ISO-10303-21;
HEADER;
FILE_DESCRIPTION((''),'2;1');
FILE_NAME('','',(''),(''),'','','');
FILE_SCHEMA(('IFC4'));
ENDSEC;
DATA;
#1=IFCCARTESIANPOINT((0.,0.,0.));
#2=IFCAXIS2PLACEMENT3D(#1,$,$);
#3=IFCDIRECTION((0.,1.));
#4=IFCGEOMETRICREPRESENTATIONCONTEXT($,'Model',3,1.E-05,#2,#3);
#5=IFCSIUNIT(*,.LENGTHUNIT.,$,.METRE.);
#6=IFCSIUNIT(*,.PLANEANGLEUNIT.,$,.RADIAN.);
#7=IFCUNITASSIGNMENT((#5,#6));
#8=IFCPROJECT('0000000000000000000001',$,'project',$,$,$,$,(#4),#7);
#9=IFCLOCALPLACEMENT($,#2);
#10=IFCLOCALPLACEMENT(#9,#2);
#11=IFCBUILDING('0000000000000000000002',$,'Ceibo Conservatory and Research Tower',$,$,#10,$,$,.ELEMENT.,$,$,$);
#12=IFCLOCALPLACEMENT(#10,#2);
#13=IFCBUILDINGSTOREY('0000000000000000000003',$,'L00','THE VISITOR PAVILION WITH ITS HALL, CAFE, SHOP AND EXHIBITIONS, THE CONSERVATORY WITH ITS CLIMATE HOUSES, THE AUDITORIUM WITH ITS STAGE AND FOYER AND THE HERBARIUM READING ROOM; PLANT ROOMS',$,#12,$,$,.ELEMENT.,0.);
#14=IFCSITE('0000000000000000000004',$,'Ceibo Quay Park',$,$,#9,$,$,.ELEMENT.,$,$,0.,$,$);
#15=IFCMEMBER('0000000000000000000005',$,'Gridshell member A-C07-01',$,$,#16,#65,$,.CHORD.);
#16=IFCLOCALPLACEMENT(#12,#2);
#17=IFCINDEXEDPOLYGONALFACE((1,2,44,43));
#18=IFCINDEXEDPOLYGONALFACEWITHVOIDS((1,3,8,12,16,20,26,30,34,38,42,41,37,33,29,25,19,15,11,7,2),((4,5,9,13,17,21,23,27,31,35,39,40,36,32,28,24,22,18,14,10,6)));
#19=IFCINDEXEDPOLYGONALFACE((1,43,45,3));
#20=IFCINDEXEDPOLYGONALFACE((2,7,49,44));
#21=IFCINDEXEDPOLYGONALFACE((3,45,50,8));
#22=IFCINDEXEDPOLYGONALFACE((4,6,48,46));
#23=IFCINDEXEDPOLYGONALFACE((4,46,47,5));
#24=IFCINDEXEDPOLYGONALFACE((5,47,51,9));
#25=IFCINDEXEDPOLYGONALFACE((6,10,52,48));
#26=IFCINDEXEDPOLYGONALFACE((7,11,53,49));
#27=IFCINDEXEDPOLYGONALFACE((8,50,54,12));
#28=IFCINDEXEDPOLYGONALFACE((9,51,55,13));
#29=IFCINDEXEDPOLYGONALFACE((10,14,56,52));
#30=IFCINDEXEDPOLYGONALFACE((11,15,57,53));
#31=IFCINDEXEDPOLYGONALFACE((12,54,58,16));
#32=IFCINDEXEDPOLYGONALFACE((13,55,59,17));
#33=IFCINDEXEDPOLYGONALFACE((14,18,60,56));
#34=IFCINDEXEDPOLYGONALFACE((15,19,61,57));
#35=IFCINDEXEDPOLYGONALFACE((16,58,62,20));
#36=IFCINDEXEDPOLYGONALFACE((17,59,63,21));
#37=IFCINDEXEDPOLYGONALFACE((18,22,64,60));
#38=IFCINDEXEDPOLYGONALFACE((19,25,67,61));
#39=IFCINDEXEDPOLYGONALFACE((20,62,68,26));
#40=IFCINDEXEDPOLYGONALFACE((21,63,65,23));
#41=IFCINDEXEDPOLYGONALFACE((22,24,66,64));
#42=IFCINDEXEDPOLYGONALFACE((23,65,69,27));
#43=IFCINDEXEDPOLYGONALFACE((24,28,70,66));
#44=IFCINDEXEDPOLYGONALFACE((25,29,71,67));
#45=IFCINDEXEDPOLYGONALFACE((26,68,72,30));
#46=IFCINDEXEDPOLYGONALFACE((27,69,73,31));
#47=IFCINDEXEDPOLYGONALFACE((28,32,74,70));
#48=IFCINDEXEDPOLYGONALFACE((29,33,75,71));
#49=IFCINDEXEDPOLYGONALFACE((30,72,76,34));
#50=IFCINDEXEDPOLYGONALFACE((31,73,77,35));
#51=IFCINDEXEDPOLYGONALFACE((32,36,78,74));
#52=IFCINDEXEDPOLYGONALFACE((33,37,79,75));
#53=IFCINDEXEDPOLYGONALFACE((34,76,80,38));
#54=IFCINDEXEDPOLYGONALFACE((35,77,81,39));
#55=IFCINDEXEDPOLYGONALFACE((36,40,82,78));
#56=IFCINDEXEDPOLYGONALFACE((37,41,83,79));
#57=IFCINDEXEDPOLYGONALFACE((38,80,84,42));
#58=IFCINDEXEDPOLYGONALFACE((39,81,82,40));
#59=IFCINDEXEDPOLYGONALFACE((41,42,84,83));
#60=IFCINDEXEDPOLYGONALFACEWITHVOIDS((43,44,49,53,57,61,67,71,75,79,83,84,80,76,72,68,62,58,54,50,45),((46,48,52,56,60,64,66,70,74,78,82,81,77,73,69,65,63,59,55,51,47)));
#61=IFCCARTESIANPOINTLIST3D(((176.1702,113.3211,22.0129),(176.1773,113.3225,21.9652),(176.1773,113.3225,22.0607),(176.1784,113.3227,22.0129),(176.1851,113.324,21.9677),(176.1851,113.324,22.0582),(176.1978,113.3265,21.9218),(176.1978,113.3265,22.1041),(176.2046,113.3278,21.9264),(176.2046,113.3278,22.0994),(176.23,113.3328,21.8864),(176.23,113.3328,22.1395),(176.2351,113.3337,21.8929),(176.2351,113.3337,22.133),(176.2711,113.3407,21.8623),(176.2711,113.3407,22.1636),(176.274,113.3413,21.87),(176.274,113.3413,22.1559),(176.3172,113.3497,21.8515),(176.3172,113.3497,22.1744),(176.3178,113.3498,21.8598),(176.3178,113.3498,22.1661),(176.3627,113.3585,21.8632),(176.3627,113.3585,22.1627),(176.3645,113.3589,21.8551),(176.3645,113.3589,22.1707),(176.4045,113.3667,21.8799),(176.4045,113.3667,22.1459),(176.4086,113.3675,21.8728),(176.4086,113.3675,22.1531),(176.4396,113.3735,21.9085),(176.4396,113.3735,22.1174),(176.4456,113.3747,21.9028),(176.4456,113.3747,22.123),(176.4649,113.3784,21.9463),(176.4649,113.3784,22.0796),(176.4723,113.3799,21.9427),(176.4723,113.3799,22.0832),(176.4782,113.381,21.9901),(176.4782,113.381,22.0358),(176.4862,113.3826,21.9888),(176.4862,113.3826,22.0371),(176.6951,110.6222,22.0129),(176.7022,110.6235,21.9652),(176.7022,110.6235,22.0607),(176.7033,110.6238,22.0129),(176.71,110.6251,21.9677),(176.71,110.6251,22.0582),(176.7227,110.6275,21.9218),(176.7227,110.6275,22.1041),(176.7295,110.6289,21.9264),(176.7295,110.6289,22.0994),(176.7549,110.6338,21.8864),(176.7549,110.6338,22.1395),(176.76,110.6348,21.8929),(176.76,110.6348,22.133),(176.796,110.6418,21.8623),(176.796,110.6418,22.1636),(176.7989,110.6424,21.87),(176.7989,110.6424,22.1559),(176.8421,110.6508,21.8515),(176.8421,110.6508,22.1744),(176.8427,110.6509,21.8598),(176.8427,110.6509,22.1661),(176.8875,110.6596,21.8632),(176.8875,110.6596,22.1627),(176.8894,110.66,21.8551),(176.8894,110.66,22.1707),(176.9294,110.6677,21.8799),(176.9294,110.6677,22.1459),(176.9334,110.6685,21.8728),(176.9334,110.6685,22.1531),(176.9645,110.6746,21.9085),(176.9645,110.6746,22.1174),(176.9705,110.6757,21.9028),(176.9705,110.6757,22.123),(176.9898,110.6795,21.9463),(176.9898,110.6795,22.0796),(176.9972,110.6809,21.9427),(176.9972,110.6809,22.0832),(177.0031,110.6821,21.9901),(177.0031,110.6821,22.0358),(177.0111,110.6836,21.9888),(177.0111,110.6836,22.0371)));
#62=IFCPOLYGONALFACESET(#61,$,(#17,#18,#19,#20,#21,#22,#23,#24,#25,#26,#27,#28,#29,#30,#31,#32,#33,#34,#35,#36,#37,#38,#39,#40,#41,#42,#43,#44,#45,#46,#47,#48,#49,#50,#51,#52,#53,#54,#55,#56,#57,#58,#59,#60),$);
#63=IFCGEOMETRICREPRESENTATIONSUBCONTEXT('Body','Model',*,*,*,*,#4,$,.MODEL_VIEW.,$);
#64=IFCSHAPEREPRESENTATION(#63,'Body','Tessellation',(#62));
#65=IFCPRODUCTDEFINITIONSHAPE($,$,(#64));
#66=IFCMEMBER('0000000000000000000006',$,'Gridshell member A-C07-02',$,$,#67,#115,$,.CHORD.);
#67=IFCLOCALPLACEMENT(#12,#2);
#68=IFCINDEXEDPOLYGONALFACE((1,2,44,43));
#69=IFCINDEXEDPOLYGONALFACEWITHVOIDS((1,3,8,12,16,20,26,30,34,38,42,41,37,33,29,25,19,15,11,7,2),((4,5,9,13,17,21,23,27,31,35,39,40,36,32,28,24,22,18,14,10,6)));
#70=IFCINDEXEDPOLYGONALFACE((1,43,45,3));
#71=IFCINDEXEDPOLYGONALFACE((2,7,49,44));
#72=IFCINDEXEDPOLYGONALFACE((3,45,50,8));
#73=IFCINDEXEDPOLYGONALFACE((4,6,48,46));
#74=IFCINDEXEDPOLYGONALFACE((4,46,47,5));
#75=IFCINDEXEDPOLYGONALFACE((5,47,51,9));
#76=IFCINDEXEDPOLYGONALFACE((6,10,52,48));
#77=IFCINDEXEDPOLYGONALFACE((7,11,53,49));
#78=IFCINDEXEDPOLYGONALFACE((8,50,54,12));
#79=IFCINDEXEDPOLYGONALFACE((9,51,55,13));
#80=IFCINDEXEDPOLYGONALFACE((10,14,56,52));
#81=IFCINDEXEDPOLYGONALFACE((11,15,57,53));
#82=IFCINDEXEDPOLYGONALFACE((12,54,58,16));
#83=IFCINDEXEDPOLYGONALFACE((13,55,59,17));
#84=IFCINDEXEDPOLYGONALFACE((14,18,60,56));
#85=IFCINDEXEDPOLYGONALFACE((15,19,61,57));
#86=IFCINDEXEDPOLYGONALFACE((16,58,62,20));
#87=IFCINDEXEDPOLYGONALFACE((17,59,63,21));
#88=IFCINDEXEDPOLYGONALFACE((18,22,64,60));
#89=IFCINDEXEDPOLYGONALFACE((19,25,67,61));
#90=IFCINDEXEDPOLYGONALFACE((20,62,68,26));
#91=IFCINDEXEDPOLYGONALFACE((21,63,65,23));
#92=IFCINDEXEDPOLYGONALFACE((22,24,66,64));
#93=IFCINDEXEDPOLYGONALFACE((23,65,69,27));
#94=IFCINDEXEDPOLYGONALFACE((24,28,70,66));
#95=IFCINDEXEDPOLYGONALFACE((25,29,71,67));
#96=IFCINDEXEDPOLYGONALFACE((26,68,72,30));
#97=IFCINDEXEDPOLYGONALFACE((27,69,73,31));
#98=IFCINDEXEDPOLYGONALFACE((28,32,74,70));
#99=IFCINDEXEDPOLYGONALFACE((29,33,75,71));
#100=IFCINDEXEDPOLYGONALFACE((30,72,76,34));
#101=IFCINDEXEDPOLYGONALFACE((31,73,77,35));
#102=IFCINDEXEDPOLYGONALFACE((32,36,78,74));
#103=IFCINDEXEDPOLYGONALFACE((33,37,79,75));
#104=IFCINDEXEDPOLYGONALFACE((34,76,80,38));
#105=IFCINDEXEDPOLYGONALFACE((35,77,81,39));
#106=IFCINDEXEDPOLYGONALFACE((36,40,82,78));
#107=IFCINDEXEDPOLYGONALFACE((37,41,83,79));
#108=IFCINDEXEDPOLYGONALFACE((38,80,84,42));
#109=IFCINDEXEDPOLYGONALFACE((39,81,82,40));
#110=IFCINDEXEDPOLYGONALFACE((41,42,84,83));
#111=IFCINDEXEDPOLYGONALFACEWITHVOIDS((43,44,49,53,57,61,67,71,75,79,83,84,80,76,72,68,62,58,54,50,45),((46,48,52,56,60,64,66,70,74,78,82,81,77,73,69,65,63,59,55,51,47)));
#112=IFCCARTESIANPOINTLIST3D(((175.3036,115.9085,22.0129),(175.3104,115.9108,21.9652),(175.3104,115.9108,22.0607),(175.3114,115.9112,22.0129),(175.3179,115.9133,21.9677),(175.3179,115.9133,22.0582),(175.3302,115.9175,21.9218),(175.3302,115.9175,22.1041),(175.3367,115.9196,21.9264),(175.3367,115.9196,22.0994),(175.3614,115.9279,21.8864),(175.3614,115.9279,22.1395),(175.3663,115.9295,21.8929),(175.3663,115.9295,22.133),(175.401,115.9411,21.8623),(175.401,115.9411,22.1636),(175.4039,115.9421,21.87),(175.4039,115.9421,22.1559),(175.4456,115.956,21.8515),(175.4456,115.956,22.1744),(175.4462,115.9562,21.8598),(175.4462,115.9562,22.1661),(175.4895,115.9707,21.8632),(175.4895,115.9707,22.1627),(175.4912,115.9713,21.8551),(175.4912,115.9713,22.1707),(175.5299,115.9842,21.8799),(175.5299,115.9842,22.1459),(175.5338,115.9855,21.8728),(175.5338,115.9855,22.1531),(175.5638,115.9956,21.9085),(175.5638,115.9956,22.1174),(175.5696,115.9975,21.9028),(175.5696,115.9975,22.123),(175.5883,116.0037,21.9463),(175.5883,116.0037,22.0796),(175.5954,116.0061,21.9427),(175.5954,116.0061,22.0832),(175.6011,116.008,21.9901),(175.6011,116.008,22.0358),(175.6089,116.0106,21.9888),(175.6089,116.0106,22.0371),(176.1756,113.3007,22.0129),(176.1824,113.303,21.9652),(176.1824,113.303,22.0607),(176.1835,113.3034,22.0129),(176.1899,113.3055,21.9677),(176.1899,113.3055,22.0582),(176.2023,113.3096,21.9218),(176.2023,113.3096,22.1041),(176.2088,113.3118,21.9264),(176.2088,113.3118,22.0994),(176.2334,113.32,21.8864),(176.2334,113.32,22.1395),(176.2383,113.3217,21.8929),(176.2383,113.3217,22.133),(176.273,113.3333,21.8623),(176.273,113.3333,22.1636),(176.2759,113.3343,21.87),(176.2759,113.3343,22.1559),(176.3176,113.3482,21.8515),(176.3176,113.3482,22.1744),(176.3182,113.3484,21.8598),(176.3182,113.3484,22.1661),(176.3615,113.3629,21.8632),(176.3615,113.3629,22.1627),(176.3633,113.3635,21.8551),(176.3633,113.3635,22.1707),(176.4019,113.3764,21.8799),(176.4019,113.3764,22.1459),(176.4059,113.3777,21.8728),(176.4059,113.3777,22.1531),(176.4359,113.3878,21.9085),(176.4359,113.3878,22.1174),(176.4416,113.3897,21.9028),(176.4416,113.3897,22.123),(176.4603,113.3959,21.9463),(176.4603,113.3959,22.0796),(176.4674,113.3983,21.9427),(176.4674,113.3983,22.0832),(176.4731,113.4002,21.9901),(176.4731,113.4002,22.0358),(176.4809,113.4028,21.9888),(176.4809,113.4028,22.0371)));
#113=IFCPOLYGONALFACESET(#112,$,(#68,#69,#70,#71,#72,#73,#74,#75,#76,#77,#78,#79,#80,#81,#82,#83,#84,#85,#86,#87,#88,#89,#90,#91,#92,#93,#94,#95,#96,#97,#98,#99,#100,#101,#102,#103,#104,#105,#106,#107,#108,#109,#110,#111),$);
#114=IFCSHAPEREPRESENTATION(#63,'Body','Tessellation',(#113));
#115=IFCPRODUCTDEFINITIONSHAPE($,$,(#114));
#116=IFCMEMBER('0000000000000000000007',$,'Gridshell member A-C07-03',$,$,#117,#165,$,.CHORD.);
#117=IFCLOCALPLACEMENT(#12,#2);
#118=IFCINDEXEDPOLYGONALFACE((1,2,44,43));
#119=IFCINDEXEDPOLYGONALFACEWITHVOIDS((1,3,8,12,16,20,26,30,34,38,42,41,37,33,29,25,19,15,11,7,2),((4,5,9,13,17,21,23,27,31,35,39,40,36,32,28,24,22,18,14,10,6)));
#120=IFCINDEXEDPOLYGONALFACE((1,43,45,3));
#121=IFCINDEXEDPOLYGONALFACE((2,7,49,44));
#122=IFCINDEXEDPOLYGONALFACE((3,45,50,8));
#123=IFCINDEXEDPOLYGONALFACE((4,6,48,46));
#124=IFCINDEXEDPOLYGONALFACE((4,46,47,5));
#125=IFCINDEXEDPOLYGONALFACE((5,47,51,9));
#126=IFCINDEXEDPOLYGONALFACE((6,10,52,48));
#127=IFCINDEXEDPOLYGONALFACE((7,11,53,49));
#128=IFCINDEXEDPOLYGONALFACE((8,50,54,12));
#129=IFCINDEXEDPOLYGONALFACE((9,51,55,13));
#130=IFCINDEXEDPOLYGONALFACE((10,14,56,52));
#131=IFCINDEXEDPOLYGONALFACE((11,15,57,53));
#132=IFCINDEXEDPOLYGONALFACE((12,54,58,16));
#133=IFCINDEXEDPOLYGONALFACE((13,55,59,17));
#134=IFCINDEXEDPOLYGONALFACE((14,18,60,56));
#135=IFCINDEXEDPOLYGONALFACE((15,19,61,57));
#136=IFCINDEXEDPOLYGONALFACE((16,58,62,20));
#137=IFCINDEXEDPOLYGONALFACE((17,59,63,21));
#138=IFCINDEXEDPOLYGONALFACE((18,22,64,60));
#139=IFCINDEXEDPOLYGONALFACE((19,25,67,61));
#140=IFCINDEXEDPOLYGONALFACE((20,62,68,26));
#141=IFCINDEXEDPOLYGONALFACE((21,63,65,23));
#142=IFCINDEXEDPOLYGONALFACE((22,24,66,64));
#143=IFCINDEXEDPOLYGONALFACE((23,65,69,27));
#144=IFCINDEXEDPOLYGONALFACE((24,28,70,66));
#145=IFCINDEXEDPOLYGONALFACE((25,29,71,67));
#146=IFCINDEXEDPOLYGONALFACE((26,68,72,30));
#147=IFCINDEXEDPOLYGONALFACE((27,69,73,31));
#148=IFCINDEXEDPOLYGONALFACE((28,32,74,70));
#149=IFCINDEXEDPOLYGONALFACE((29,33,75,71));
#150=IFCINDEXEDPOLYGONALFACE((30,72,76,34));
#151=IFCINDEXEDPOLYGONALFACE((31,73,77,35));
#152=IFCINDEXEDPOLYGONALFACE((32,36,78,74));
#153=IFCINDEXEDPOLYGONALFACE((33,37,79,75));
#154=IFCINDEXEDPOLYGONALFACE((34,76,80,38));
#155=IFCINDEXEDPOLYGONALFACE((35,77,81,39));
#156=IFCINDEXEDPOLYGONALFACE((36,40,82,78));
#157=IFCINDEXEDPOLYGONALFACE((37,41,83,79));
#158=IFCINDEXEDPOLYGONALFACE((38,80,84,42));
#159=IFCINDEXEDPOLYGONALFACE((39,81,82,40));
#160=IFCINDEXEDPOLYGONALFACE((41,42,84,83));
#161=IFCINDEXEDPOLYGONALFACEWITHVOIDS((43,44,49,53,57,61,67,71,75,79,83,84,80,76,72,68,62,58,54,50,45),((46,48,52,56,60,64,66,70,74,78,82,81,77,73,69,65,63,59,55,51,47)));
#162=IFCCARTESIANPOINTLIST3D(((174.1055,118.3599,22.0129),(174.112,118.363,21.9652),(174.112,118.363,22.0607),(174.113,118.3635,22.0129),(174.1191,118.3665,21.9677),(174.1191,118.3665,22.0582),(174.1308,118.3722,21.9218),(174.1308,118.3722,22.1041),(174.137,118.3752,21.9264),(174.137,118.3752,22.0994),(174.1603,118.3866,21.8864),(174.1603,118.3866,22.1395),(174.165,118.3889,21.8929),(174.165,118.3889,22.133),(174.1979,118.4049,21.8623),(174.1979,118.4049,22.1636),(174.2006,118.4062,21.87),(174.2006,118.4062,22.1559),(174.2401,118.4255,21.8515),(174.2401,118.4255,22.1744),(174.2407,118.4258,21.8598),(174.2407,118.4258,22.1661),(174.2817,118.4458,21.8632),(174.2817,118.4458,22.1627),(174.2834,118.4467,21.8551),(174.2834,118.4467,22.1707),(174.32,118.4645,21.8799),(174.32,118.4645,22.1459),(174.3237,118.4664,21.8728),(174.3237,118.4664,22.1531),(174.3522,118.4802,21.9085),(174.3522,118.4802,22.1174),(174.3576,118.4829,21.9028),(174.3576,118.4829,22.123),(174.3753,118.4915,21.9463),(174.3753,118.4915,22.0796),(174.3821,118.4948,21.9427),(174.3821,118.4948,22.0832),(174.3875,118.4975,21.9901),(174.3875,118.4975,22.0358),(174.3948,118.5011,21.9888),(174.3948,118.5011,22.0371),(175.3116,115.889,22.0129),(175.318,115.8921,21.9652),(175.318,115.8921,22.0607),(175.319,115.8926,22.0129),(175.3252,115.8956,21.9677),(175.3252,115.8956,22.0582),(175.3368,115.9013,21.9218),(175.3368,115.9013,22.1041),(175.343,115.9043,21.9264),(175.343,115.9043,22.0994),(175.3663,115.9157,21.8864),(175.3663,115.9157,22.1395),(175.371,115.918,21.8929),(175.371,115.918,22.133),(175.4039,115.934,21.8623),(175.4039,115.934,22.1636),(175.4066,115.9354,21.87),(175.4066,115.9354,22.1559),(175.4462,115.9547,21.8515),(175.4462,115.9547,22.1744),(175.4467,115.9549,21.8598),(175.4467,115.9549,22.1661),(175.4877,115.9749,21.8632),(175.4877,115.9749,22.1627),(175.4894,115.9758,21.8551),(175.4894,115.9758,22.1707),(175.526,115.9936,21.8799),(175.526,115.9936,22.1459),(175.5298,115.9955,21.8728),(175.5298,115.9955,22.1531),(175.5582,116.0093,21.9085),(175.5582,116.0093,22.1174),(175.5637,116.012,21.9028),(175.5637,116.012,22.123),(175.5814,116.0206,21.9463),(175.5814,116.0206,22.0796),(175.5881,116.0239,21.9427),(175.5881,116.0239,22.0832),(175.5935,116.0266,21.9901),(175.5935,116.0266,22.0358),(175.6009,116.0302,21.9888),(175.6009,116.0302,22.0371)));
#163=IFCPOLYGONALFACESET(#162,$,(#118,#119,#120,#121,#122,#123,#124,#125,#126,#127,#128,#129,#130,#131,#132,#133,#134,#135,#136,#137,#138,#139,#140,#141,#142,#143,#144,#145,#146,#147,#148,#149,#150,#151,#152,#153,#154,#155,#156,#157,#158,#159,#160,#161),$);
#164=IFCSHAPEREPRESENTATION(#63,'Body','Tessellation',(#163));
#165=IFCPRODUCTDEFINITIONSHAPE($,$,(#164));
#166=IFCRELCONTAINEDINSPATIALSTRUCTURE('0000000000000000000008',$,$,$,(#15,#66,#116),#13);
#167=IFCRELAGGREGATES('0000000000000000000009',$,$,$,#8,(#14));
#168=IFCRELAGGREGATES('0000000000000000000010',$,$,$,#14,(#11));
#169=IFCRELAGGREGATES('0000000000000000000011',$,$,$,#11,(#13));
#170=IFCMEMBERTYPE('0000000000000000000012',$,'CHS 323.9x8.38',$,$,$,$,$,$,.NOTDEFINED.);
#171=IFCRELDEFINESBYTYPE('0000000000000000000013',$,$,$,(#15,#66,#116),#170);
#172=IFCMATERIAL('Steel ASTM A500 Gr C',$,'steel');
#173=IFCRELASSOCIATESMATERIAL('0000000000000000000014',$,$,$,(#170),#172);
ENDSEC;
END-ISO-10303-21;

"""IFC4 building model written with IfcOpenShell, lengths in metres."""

from ifc_helpers import new_model, si_unit, direction, frame, origin, origin_2d, place, context, subcontext, project, spatial, hollow_circle, extrude, material, material_profile, profile_set, type_object, element, save


model = new_model("IFC4")

# Units and contexts
model_context = context("Model", 3, precision=1e-05, world=origin(), true_north=direction((0.0, 1.0)))
body_context = subcontext(model_context, "Body", "Model", "MODEL_VIEW")
ifc_project = project(units=[si_unit("LENGTHUNIT", "METRE"), si_unit("PLANEANGLEUNIT", "RADIAN")], contexts=[model_context])

# Site, building, storey
site_placement = place(None, origin())
site = spatial("IfcSite", under=ifc_project, at=site_placement, Name="Ceibo Quay Park", CompositionType="ELEMENT", RefElevation=0.0)
building_placement = place(site_placement, origin())
building = spatial("IfcBuilding", under=site, at=building_placement, Name="Ceibo Conservatory and Research Tower", CompositionType="ELEMENT")
storey_placement = place(building_placement, origin())
storey = spatial("IfcBuildingStorey", under=building, at=storey_placement, Name="L00", Description="THE VISITOR PAVILION WITH ITS HALL, CAFE, SHOP AND EXHIBITIONS, THE CONSERVATORY WITH ITS CLIMATE HOUSES, THE AUDITORIUM WITH ITS STAGE AND FOYER AND THE HERBARIUM READING ROOM; PLANT ROOMS", CompositionType="ELEMENT", Elevation=0.0)

# Members
ifc_material_1 = material(Name="Steel ASTM A500 Gr C", Category="steel")
ifc_material_profile_1 = material_profile(ifc_material_1, hollow_circle(Radius=0.1619, WallThickness=0.0083, at=origin_2d()), Name="CHS 323.9x8.38")
ifc_profile_set_1 = profile_set([ifc_material_profile_1], Name="Steel ASTM A500 Gr C")
member_type_1 = type_object("IfcMemberType", Name="CHS 323.9x8.38", PredefinedType="NOTDEFINED", material=ifc_profile_set_1)
member_1_placement = place(storey_placement, frame((176.854, 110.6531, 22.0129), z_axis=(-0.190905, 0.981608, 0.0), x_axis=(-0.981608, -0.190905, 0.0)))
element("IfcMember", 1, at=member_1_placement, inside=storey, type_object=member_type_1, Name="Gridshell member A-C07-01", PredefinedType="CHORD", context=body_context, shape_type="SweptSolid", body=[
    extrude(hollow_circle(Radius=0.1619, WallThickness=0.0083, at=origin_2d()), origin(), (0.0, 0.0, 1.0), 2.7495),
])
member_2_placement = place(storey_placement, frame((176.3291, 113.3521, 22.0129), z_axis=(-0.317133, 0.948381, 0.0), x_axis=(-0.948381, -0.317133, 0.0)))
element("IfcMember", 2, at=member_2_placement, inside=storey, type_object=member_type_1, Name="Gridshell member A-C07-02", PredefinedType="CHORD", context=body_context, shape_type="SweptSolid", body=[
    extrude(hollow_circle(Radius=0.1619, WallThickness=0.0083, at=origin_2d()), origin(), (0.0, 0.0, 1.0), 2.7498),
])
member_3_placement = place(storey_placement, frame((175.457, 115.96, 22.0129), z_axis=(-0.438634, 0.898666, 0.0), x_axis=(-0.898666, -0.438634, 0.0)))
element("IfcMember", 3, at=member_3_placement, inside=storey, type_object=member_type_1, Name="Gridshell member A-C07-03", PredefinedType="CHORD", context=body_context, shape_type="SweptSolid", body=[
    extrude(hollow_circle(Radius=0.1619, WallThickness=0.0083, at=origin_2d()), origin(), (0.0, 0.0, 1.0), 2.7495),
])

save(model, "model.ifc")
